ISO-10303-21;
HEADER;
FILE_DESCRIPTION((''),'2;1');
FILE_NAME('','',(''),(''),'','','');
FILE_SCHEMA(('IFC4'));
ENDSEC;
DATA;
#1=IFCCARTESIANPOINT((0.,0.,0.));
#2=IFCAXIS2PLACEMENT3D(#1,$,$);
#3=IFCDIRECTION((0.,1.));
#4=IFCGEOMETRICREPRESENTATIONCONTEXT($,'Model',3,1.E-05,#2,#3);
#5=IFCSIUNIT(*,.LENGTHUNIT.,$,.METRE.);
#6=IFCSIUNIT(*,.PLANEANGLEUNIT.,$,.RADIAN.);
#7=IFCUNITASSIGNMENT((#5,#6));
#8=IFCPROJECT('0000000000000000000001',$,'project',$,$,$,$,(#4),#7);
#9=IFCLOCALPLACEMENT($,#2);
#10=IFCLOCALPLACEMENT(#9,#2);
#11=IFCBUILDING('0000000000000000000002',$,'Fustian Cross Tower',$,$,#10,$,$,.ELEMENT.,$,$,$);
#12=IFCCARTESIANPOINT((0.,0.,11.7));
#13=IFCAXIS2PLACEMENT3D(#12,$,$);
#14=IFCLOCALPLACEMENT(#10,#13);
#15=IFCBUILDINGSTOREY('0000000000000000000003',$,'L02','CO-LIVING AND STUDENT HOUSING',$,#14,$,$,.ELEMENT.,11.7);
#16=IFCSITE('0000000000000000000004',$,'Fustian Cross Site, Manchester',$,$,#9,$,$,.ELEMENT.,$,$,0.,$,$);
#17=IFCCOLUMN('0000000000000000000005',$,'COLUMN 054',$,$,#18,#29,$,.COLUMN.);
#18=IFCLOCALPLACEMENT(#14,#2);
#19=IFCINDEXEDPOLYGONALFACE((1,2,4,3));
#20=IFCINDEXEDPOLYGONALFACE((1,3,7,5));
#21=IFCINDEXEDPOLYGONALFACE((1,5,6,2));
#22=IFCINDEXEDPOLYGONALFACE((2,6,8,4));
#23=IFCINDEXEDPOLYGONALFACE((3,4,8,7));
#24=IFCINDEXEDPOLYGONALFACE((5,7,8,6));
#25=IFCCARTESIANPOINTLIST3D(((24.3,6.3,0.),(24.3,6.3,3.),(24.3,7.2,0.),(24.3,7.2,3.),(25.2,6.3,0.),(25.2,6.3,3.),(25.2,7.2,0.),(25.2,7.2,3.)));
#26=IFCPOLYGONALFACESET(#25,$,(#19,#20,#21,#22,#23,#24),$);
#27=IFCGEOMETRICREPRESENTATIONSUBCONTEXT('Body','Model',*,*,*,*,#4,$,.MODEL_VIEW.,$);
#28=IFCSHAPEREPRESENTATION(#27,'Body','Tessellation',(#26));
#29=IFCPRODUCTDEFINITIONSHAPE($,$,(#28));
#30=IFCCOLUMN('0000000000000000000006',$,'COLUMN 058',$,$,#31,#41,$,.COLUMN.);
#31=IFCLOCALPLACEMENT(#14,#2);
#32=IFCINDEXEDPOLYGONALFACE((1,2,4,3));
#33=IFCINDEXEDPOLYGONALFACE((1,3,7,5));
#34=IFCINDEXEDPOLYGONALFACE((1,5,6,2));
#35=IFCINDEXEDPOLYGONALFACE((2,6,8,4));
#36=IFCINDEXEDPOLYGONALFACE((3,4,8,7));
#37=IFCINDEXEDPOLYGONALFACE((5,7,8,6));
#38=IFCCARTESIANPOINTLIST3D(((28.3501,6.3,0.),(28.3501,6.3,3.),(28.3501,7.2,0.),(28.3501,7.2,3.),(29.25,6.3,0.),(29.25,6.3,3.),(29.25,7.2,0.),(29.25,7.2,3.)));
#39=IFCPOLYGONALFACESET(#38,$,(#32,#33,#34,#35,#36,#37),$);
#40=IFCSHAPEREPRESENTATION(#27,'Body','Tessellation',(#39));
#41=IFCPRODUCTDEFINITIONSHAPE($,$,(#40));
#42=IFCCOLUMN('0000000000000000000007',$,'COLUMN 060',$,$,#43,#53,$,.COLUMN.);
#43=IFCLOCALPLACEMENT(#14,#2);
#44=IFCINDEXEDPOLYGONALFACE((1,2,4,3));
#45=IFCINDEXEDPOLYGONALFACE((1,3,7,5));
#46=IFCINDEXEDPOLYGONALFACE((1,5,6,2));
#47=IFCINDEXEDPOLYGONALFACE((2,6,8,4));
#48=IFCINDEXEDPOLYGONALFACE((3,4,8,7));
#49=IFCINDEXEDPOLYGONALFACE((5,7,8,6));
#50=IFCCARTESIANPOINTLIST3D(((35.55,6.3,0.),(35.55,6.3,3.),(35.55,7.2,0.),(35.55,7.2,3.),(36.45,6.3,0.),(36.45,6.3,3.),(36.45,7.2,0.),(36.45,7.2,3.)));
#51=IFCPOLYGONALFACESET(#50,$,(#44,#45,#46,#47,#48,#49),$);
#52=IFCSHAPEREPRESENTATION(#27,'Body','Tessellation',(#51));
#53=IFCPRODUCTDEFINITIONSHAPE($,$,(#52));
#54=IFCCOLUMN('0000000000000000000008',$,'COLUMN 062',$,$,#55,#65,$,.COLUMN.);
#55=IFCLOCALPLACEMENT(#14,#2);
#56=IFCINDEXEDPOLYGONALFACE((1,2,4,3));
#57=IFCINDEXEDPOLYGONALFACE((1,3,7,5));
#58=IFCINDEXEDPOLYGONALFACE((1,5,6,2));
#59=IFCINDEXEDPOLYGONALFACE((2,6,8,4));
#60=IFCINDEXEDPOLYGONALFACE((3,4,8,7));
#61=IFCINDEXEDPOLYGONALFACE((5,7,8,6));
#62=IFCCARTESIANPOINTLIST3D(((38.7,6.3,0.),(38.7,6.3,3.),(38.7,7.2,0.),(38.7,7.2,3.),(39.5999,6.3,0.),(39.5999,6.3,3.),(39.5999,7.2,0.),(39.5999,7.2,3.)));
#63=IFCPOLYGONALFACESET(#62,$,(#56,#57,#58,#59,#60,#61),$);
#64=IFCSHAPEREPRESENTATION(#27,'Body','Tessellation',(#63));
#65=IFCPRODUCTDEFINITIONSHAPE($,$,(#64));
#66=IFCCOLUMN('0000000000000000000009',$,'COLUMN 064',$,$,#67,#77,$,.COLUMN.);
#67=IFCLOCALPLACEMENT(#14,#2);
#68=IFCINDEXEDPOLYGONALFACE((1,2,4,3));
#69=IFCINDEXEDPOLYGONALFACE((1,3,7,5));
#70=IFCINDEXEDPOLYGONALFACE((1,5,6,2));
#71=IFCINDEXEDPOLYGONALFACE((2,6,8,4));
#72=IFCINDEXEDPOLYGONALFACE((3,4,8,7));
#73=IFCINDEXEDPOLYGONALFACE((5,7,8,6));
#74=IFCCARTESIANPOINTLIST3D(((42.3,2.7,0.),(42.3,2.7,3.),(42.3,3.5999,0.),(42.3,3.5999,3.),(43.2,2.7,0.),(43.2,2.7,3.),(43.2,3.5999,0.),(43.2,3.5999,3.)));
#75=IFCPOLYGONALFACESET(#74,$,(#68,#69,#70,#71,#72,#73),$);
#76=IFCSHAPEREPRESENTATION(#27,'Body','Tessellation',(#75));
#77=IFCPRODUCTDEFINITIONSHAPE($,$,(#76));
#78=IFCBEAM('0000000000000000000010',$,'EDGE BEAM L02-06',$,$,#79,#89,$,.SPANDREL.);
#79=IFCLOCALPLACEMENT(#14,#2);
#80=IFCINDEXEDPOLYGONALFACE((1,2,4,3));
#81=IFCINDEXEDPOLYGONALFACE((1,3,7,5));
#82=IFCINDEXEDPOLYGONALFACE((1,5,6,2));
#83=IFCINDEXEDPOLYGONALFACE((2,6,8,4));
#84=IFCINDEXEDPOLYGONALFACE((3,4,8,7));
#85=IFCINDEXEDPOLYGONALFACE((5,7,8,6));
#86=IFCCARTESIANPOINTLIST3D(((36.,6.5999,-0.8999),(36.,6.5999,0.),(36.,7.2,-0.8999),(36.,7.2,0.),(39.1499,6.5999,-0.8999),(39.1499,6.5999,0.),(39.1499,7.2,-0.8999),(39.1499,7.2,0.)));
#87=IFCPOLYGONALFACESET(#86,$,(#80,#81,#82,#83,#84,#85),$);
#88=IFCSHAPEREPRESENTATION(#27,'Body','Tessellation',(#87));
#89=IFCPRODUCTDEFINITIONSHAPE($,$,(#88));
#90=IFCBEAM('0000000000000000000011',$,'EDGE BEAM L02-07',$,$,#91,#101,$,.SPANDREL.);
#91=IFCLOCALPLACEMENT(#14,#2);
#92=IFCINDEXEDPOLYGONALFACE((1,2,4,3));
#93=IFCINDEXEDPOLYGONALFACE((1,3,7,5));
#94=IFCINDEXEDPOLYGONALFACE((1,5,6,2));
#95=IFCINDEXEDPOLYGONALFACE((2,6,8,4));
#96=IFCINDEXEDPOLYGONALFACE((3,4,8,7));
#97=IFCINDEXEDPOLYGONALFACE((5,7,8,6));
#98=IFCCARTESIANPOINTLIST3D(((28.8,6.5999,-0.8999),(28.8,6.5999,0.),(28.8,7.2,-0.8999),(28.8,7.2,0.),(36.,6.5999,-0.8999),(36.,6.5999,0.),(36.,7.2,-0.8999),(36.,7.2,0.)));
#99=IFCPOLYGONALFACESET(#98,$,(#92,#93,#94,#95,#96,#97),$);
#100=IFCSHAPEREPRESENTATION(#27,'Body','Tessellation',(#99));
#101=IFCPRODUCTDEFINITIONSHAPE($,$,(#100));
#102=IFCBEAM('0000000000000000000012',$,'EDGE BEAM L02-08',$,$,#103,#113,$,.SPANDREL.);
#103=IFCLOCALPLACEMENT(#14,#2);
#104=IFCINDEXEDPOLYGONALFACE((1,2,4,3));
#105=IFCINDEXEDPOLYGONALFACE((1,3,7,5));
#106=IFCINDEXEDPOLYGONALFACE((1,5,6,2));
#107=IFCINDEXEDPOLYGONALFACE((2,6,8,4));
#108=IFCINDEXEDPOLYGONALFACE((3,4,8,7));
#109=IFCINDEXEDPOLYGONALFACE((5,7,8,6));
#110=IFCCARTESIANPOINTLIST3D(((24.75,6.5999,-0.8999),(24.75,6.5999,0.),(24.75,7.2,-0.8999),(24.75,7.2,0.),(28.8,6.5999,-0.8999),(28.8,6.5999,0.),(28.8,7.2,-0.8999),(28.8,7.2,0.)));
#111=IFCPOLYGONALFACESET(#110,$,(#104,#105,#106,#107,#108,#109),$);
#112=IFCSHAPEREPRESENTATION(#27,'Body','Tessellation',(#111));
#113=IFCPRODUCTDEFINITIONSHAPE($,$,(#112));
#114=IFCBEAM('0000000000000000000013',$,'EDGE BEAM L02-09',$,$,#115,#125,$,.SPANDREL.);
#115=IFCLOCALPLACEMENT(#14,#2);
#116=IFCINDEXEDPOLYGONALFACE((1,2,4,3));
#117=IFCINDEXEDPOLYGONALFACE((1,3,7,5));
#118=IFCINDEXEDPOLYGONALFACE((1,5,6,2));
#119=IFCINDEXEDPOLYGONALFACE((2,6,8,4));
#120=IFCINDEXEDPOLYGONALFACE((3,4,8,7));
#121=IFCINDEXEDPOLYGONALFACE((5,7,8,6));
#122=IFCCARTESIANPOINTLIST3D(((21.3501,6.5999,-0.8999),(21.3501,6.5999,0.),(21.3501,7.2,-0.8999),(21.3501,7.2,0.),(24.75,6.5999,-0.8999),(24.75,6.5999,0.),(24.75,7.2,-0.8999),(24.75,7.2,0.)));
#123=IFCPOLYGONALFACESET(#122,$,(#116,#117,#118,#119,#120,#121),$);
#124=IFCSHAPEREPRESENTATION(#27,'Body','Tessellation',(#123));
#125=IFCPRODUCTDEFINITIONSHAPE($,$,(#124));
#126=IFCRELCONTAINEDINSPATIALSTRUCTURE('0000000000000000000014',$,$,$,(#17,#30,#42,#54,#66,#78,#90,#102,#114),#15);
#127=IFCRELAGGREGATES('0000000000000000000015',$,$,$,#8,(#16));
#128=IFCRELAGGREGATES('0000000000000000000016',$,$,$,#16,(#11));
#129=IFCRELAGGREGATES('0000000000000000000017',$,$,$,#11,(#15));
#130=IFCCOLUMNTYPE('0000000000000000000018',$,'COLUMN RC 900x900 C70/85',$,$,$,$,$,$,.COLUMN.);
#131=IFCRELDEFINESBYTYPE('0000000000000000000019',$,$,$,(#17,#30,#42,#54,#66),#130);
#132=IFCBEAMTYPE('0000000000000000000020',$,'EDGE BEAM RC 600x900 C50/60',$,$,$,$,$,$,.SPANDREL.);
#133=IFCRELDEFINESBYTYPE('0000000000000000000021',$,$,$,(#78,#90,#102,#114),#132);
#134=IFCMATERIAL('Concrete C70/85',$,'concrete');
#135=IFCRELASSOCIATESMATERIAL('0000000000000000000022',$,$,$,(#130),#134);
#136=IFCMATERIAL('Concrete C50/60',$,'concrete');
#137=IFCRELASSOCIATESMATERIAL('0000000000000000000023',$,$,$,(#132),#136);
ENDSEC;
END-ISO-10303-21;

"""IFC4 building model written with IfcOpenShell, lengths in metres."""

from ifc_helpers import new_model, si_unit, direction, frame, origin, origin_2d, place, context, subcontext, project, spatial, rectangle, extrude, material, material_profile, profile_set, type_object, element, save


model = new_model("IFC4")

# Units and contexts
model_context = context("Model", 3, precision=1e-05, world=origin(), true_north=direction((0.0, 1.0)))
body_context = subcontext(model_context, "Body", "Model", "MODEL_VIEW")
ifc_project = project(units=[si_unit("LENGTHUNIT", "METRE"), si_unit("PLANEANGLEUNIT", "RADIAN")], contexts=[model_context])

# Site, building, storey
site_placement = place(None, origin())
site = spatial("IfcSite", under=ifc_project, at=site_placement, Name="Fustian Cross Site, Manchester", CompositionType="ELEMENT", RefElevation=0.0)
building_placement = place(site_placement, origin())
building = spatial("IfcBuilding", under=site, at=building_placement, Name="Fustian Cross Tower", CompositionType="ELEMENT")
storey_placement = place(building_placement, frame((0.0, 0.0, 11.7)))
storey = spatial("IfcBuildingStorey", under=building, at=storey_placement, Name="L02", Description="CO-LIVING AND STUDENT HOUSING", CompositionType="ELEMENT", Elevation=11.7)

# Columns
ifc_material_1 = material(Name="Concrete C70/85", Category="concrete")
ifc_material_profile_1 = material_profile(ifc_material_1, rectangle(XDim=0.8999, YDim=0.8999, at=origin_2d()), Name="RC 900x900")
ifc_profile_set_1 = profile_set([ifc_material_profile_1], Name="Concrete C70/85")
column_type = type_object("IfcColumnType", Name="COLUMN RC 900x900 C70/85", PredefinedType="COLUMN", material=ifc_profile_set_1)
for number, where, z_axis, x_axis, name in (
    (1, (24.75, 6.75, 0.0), (0.0, 0.0, 1.0), (1.0, 0.0, 0.0), "COLUMN 054"),
    (2, (28.8, 6.75, 0.0), (0.0, 0.0, 1.0), (1.0, 0.0, 0.0), "COLUMN 058"),
    (3, (36.0, 6.75, 0.0), (0.0, 0.0, 1.0), (1.0, 0.0, 0.0), "COLUMN 060"),
    (4, (39.1499, 6.75, 0.0), (0.0, 0.0, 1.0), (1.0, 0.0, 0.0), "COLUMN 062"),
    (5, (42.75, 3.1499, 0.0), (0.0, 0.0, 1.0), (1.0, 0.0, 0.0), "COLUMN 064"),
):
    element("IfcColumn", number, at=place(storey_placement, frame(where, z_axis=z_axis, x_axis=x_axis)), inside=storey, type_object=column_type, Name=name, PredefinedType="COLUMN", context=body_context, shape_type="SweptSolid", body=[
        extrude(rectangle(XDim=0.8999, YDim=0.8999, at=origin_2d()), origin(), (0.0, 0.0, 1.0), 3.0),
    ])

# Beams
ifc_material_2 = material(Name="Concrete C50/60", Category="concrete")
ifc_material_profile_2 = material_profile(ifc_material_2, rectangle(XDim=0.6001, YDim=0.8999, at=origin_2d()), Name="RC 600x900")
ifc_profile_set_2 = profile_set([ifc_material_profile_2], Name="Concrete C50/60")
beam_type = type_object("IfcBeamType", Name="EDGE BEAM RC 600x900 C50/60", PredefinedType="SPANDREL", material=ifc_profile_set_2)
beam_1_placement = place(storey_placement, frame((39.1499, 6.8999, -0.45), z_axis=(-1.0, 0.0, 0.0), x_axis=(0.0, -1.0, 0.0)))
element("IfcBeam", 6, at=beam_1_placement, inside=storey, type_object=beam_type, Name="EDGE BEAM L02-06", PredefinedType="SPANDREL", context=body_context, shape_type="SweptSolid", body=[
    extrude(rectangle(XDim=0.6001, YDim=0.8999, at=origin_2d()), origin(), (0.0, 0.0, 1.0), 3.1499),
])
beam_2_placement = place(storey_placement, frame((36.0, 6.8999, -0.45), z_axis=(-1.0, 0.0, 0.0), x_axis=(0.0, -1.0, 0.0)))
element("IfcBeam", 7, at=beam_2_placement, inside=storey, type_object=beam_type, Name="EDGE BEAM L02-07", PredefinedType="SPANDREL", context=body_context, shape_type="SweptSolid", body=[
    extrude(rectangle(XDim=0.6001, YDim=0.8999, at=origin_2d()), origin(), (0.0, 0.0, 1.0), 7.2),
])
beam_3_placement = place(storey_placement, frame((28.8, 6.8999, -0.45), z_axis=(-1.0, 0.0, 0.0), x_axis=(0.0, -1.0, 0.0)))
element("IfcBeam", 8, at=beam_3_placement, inside=storey, type_object=beam_type, Name="EDGE BEAM L02-08", PredefinedType="SPANDREL", context=body_context, shape_type="SweptSolid", body=[
    extrude(rectangle(XDim=0.6001, YDim=0.8999, at=origin_2d()), origin(), (0.0, 0.0, 1.0), 4.05),
])
beam_4_placement = place(storey_placement, frame((24.75, 6.8999, -0.45), z_axis=(-1.0, 0.0, 0.0), x_axis=(0.0, -1.0, 0.0)))
element("IfcBeam", 9, at=beam_4_placement, inside=storey, type_object=beam_type, Name="EDGE BEAM L02-09", PredefinedType="SPANDREL", context=body_context, shape_type="SweptSolid", body=[
    extrude(rectangle(XDim=0.6001, YDim=0.8999, at=origin_2d()), origin(), (0.0, 0.0, 1.0), 3.3999),
])

save(model, "model.ifc")
